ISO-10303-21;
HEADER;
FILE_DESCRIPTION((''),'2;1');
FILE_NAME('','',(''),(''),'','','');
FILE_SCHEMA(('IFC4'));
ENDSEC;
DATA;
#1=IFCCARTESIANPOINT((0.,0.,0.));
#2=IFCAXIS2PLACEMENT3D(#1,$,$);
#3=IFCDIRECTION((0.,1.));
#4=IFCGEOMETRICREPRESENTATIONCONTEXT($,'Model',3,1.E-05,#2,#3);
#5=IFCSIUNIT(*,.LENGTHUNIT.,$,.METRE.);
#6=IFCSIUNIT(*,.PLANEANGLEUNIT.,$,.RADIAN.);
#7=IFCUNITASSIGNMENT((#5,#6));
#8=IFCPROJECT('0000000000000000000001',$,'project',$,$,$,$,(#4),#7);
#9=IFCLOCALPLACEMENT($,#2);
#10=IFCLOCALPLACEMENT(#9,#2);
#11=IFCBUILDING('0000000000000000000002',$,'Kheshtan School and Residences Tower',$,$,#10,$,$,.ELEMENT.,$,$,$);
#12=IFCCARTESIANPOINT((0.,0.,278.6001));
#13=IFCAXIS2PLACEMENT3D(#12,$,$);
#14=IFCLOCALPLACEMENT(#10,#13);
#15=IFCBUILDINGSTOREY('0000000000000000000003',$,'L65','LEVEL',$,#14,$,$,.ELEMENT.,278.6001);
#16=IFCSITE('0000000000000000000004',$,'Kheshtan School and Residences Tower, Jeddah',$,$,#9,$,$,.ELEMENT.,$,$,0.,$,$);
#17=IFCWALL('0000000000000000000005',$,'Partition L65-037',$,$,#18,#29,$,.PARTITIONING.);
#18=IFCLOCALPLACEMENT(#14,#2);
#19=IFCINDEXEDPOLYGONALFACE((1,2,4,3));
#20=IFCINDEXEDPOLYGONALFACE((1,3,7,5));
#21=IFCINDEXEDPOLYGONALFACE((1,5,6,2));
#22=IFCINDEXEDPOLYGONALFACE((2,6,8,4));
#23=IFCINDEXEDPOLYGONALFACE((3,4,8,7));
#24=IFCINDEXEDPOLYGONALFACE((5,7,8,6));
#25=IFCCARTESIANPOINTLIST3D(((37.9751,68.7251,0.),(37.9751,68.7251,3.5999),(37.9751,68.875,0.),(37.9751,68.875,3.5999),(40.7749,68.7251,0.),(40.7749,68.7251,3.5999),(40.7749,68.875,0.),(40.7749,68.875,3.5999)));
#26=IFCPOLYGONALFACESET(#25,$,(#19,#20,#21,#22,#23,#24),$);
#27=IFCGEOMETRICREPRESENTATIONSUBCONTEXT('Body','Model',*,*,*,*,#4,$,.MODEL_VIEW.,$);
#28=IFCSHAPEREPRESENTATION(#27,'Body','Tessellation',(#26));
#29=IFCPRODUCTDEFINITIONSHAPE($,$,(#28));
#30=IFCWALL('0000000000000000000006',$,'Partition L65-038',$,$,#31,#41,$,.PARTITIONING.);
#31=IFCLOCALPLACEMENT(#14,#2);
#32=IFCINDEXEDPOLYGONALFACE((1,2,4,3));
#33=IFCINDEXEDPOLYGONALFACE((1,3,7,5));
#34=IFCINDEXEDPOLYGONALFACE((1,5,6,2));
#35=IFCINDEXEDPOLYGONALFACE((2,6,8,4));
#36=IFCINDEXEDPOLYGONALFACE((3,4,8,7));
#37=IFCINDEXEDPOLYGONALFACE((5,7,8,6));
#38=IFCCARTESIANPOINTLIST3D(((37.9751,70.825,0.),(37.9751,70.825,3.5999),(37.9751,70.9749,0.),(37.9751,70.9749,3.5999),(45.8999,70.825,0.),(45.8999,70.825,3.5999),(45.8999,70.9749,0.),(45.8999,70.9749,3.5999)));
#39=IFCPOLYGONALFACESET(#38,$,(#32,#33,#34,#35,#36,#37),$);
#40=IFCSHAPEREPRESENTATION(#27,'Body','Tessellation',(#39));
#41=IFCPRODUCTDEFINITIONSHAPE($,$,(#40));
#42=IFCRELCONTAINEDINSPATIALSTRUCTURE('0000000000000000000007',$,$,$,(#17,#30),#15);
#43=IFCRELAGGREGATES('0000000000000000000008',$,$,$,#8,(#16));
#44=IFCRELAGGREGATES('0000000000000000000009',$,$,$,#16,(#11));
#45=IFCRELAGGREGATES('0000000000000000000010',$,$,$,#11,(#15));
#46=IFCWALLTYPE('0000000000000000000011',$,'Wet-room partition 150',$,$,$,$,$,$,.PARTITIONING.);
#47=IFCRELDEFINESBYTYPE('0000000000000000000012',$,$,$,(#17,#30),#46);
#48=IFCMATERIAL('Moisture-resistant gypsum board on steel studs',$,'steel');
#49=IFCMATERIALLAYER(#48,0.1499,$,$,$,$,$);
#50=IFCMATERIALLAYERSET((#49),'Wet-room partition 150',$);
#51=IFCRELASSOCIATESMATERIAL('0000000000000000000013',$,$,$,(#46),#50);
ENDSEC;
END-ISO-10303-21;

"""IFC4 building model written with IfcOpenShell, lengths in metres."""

from ifc_helpers import new_model, si_unit, direction, frame, frame_2d, origin, place, context, subcontext, project, spatial, rectangle, extrude, material, layer, layer_set, type_object, element, save


model = new_model("IFC4")

# Units and contexts
model_context = context("Model", 3, precision=1e-05, world=origin(), true_north=direction((0.0, 1.0)))
body_context = subcontext(model_context, "Body", "Model", "MODEL_VIEW")
ifc_project = project(units=[si_unit("LENGTHUNIT", "METRE"), si_unit("PLANEANGLEUNIT", "RADIAN")], contexts=[model_context])

# Site, building, storey
site_placement = place(None, origin())
site = spatial("IfcSite", under=ifc_project, at=site_placement, Name="Kheshtan School and Residences Tower, Jeddah", CompositionType="ELEMENT", RefElevation=0.0)
building_placement = place(site_placement, origin())
building = spatial("IfcBuilding", under=site, at=building_placement, Name="Kheshtan School and Residences Tower", CompositionType="ELEMENT")
storey_placement = place(building_placement, frame((0.0, 0.0, 278.6001)))
storey = spatial("IfcBuildingStorey", under=building, at=storey_placement, Name="L65", Description="LEVEL", CompositionType="ELEMENT", Elevation=278.6001)

# Shared definitions
ifc_material_1 = material(Name="Moisture-resistant gypsum board on steel studs", Category="steel")
ifc_layer_1 = layer(ifc_material_1, 0.1499)
ifc_layer_set_1 = layer_set([ifc_layer_1], Name="Wet-room partition 150")
wall_type_1 = type_object("IfcWallType", Name="Wet-room partition 150", PredefinedType="PARTITIONING", material=ifc_layer_set_1)

# Walls
wall_1_placement = place(storey_placement, frame((37.9751, 68.8, 0.0), z_axis=(0.0, 0.0, 1.0), x_axis=(1.0, 0.0, 0.0)))
element("IfcWall", 1, at=wall_1_placement, inside=storey, type_object=wall_type_1, Name="Partition L65-037", PredefinedType="PARTITIONING", context=body_context, shape_type="SweptSolid", body=[
    extrude(rectangle(XDim=2.7998, YDim=0.1499, at=frame_2d((1.3999, 0.0))), origin(), (0.0, 0.0, 1.0), 3.5999),
])
wall_2_placement = place(storey_placement, frame((37.9751, 70.8999, 0.0), z_axis=(0.0, 0.0, 1.0), x_axis=(1.0, 0.0, 0.0)))
element("IfcWall", 2, at=wall_2_placement, inside=storey, type_object=wall_type_1, Name="Partition L65-038", PredefinedType="PARTITIONING", context=body_context, shape_type="SweptSolid", body=[
    extrude(rectangle(XDim=7.9248, YDim=0.1499, at=frame_2d((3.9624, 0.0))), origin(), (0.0, 0.0, 1.0), 3.5999),
])

save(model, "model.ifc")
